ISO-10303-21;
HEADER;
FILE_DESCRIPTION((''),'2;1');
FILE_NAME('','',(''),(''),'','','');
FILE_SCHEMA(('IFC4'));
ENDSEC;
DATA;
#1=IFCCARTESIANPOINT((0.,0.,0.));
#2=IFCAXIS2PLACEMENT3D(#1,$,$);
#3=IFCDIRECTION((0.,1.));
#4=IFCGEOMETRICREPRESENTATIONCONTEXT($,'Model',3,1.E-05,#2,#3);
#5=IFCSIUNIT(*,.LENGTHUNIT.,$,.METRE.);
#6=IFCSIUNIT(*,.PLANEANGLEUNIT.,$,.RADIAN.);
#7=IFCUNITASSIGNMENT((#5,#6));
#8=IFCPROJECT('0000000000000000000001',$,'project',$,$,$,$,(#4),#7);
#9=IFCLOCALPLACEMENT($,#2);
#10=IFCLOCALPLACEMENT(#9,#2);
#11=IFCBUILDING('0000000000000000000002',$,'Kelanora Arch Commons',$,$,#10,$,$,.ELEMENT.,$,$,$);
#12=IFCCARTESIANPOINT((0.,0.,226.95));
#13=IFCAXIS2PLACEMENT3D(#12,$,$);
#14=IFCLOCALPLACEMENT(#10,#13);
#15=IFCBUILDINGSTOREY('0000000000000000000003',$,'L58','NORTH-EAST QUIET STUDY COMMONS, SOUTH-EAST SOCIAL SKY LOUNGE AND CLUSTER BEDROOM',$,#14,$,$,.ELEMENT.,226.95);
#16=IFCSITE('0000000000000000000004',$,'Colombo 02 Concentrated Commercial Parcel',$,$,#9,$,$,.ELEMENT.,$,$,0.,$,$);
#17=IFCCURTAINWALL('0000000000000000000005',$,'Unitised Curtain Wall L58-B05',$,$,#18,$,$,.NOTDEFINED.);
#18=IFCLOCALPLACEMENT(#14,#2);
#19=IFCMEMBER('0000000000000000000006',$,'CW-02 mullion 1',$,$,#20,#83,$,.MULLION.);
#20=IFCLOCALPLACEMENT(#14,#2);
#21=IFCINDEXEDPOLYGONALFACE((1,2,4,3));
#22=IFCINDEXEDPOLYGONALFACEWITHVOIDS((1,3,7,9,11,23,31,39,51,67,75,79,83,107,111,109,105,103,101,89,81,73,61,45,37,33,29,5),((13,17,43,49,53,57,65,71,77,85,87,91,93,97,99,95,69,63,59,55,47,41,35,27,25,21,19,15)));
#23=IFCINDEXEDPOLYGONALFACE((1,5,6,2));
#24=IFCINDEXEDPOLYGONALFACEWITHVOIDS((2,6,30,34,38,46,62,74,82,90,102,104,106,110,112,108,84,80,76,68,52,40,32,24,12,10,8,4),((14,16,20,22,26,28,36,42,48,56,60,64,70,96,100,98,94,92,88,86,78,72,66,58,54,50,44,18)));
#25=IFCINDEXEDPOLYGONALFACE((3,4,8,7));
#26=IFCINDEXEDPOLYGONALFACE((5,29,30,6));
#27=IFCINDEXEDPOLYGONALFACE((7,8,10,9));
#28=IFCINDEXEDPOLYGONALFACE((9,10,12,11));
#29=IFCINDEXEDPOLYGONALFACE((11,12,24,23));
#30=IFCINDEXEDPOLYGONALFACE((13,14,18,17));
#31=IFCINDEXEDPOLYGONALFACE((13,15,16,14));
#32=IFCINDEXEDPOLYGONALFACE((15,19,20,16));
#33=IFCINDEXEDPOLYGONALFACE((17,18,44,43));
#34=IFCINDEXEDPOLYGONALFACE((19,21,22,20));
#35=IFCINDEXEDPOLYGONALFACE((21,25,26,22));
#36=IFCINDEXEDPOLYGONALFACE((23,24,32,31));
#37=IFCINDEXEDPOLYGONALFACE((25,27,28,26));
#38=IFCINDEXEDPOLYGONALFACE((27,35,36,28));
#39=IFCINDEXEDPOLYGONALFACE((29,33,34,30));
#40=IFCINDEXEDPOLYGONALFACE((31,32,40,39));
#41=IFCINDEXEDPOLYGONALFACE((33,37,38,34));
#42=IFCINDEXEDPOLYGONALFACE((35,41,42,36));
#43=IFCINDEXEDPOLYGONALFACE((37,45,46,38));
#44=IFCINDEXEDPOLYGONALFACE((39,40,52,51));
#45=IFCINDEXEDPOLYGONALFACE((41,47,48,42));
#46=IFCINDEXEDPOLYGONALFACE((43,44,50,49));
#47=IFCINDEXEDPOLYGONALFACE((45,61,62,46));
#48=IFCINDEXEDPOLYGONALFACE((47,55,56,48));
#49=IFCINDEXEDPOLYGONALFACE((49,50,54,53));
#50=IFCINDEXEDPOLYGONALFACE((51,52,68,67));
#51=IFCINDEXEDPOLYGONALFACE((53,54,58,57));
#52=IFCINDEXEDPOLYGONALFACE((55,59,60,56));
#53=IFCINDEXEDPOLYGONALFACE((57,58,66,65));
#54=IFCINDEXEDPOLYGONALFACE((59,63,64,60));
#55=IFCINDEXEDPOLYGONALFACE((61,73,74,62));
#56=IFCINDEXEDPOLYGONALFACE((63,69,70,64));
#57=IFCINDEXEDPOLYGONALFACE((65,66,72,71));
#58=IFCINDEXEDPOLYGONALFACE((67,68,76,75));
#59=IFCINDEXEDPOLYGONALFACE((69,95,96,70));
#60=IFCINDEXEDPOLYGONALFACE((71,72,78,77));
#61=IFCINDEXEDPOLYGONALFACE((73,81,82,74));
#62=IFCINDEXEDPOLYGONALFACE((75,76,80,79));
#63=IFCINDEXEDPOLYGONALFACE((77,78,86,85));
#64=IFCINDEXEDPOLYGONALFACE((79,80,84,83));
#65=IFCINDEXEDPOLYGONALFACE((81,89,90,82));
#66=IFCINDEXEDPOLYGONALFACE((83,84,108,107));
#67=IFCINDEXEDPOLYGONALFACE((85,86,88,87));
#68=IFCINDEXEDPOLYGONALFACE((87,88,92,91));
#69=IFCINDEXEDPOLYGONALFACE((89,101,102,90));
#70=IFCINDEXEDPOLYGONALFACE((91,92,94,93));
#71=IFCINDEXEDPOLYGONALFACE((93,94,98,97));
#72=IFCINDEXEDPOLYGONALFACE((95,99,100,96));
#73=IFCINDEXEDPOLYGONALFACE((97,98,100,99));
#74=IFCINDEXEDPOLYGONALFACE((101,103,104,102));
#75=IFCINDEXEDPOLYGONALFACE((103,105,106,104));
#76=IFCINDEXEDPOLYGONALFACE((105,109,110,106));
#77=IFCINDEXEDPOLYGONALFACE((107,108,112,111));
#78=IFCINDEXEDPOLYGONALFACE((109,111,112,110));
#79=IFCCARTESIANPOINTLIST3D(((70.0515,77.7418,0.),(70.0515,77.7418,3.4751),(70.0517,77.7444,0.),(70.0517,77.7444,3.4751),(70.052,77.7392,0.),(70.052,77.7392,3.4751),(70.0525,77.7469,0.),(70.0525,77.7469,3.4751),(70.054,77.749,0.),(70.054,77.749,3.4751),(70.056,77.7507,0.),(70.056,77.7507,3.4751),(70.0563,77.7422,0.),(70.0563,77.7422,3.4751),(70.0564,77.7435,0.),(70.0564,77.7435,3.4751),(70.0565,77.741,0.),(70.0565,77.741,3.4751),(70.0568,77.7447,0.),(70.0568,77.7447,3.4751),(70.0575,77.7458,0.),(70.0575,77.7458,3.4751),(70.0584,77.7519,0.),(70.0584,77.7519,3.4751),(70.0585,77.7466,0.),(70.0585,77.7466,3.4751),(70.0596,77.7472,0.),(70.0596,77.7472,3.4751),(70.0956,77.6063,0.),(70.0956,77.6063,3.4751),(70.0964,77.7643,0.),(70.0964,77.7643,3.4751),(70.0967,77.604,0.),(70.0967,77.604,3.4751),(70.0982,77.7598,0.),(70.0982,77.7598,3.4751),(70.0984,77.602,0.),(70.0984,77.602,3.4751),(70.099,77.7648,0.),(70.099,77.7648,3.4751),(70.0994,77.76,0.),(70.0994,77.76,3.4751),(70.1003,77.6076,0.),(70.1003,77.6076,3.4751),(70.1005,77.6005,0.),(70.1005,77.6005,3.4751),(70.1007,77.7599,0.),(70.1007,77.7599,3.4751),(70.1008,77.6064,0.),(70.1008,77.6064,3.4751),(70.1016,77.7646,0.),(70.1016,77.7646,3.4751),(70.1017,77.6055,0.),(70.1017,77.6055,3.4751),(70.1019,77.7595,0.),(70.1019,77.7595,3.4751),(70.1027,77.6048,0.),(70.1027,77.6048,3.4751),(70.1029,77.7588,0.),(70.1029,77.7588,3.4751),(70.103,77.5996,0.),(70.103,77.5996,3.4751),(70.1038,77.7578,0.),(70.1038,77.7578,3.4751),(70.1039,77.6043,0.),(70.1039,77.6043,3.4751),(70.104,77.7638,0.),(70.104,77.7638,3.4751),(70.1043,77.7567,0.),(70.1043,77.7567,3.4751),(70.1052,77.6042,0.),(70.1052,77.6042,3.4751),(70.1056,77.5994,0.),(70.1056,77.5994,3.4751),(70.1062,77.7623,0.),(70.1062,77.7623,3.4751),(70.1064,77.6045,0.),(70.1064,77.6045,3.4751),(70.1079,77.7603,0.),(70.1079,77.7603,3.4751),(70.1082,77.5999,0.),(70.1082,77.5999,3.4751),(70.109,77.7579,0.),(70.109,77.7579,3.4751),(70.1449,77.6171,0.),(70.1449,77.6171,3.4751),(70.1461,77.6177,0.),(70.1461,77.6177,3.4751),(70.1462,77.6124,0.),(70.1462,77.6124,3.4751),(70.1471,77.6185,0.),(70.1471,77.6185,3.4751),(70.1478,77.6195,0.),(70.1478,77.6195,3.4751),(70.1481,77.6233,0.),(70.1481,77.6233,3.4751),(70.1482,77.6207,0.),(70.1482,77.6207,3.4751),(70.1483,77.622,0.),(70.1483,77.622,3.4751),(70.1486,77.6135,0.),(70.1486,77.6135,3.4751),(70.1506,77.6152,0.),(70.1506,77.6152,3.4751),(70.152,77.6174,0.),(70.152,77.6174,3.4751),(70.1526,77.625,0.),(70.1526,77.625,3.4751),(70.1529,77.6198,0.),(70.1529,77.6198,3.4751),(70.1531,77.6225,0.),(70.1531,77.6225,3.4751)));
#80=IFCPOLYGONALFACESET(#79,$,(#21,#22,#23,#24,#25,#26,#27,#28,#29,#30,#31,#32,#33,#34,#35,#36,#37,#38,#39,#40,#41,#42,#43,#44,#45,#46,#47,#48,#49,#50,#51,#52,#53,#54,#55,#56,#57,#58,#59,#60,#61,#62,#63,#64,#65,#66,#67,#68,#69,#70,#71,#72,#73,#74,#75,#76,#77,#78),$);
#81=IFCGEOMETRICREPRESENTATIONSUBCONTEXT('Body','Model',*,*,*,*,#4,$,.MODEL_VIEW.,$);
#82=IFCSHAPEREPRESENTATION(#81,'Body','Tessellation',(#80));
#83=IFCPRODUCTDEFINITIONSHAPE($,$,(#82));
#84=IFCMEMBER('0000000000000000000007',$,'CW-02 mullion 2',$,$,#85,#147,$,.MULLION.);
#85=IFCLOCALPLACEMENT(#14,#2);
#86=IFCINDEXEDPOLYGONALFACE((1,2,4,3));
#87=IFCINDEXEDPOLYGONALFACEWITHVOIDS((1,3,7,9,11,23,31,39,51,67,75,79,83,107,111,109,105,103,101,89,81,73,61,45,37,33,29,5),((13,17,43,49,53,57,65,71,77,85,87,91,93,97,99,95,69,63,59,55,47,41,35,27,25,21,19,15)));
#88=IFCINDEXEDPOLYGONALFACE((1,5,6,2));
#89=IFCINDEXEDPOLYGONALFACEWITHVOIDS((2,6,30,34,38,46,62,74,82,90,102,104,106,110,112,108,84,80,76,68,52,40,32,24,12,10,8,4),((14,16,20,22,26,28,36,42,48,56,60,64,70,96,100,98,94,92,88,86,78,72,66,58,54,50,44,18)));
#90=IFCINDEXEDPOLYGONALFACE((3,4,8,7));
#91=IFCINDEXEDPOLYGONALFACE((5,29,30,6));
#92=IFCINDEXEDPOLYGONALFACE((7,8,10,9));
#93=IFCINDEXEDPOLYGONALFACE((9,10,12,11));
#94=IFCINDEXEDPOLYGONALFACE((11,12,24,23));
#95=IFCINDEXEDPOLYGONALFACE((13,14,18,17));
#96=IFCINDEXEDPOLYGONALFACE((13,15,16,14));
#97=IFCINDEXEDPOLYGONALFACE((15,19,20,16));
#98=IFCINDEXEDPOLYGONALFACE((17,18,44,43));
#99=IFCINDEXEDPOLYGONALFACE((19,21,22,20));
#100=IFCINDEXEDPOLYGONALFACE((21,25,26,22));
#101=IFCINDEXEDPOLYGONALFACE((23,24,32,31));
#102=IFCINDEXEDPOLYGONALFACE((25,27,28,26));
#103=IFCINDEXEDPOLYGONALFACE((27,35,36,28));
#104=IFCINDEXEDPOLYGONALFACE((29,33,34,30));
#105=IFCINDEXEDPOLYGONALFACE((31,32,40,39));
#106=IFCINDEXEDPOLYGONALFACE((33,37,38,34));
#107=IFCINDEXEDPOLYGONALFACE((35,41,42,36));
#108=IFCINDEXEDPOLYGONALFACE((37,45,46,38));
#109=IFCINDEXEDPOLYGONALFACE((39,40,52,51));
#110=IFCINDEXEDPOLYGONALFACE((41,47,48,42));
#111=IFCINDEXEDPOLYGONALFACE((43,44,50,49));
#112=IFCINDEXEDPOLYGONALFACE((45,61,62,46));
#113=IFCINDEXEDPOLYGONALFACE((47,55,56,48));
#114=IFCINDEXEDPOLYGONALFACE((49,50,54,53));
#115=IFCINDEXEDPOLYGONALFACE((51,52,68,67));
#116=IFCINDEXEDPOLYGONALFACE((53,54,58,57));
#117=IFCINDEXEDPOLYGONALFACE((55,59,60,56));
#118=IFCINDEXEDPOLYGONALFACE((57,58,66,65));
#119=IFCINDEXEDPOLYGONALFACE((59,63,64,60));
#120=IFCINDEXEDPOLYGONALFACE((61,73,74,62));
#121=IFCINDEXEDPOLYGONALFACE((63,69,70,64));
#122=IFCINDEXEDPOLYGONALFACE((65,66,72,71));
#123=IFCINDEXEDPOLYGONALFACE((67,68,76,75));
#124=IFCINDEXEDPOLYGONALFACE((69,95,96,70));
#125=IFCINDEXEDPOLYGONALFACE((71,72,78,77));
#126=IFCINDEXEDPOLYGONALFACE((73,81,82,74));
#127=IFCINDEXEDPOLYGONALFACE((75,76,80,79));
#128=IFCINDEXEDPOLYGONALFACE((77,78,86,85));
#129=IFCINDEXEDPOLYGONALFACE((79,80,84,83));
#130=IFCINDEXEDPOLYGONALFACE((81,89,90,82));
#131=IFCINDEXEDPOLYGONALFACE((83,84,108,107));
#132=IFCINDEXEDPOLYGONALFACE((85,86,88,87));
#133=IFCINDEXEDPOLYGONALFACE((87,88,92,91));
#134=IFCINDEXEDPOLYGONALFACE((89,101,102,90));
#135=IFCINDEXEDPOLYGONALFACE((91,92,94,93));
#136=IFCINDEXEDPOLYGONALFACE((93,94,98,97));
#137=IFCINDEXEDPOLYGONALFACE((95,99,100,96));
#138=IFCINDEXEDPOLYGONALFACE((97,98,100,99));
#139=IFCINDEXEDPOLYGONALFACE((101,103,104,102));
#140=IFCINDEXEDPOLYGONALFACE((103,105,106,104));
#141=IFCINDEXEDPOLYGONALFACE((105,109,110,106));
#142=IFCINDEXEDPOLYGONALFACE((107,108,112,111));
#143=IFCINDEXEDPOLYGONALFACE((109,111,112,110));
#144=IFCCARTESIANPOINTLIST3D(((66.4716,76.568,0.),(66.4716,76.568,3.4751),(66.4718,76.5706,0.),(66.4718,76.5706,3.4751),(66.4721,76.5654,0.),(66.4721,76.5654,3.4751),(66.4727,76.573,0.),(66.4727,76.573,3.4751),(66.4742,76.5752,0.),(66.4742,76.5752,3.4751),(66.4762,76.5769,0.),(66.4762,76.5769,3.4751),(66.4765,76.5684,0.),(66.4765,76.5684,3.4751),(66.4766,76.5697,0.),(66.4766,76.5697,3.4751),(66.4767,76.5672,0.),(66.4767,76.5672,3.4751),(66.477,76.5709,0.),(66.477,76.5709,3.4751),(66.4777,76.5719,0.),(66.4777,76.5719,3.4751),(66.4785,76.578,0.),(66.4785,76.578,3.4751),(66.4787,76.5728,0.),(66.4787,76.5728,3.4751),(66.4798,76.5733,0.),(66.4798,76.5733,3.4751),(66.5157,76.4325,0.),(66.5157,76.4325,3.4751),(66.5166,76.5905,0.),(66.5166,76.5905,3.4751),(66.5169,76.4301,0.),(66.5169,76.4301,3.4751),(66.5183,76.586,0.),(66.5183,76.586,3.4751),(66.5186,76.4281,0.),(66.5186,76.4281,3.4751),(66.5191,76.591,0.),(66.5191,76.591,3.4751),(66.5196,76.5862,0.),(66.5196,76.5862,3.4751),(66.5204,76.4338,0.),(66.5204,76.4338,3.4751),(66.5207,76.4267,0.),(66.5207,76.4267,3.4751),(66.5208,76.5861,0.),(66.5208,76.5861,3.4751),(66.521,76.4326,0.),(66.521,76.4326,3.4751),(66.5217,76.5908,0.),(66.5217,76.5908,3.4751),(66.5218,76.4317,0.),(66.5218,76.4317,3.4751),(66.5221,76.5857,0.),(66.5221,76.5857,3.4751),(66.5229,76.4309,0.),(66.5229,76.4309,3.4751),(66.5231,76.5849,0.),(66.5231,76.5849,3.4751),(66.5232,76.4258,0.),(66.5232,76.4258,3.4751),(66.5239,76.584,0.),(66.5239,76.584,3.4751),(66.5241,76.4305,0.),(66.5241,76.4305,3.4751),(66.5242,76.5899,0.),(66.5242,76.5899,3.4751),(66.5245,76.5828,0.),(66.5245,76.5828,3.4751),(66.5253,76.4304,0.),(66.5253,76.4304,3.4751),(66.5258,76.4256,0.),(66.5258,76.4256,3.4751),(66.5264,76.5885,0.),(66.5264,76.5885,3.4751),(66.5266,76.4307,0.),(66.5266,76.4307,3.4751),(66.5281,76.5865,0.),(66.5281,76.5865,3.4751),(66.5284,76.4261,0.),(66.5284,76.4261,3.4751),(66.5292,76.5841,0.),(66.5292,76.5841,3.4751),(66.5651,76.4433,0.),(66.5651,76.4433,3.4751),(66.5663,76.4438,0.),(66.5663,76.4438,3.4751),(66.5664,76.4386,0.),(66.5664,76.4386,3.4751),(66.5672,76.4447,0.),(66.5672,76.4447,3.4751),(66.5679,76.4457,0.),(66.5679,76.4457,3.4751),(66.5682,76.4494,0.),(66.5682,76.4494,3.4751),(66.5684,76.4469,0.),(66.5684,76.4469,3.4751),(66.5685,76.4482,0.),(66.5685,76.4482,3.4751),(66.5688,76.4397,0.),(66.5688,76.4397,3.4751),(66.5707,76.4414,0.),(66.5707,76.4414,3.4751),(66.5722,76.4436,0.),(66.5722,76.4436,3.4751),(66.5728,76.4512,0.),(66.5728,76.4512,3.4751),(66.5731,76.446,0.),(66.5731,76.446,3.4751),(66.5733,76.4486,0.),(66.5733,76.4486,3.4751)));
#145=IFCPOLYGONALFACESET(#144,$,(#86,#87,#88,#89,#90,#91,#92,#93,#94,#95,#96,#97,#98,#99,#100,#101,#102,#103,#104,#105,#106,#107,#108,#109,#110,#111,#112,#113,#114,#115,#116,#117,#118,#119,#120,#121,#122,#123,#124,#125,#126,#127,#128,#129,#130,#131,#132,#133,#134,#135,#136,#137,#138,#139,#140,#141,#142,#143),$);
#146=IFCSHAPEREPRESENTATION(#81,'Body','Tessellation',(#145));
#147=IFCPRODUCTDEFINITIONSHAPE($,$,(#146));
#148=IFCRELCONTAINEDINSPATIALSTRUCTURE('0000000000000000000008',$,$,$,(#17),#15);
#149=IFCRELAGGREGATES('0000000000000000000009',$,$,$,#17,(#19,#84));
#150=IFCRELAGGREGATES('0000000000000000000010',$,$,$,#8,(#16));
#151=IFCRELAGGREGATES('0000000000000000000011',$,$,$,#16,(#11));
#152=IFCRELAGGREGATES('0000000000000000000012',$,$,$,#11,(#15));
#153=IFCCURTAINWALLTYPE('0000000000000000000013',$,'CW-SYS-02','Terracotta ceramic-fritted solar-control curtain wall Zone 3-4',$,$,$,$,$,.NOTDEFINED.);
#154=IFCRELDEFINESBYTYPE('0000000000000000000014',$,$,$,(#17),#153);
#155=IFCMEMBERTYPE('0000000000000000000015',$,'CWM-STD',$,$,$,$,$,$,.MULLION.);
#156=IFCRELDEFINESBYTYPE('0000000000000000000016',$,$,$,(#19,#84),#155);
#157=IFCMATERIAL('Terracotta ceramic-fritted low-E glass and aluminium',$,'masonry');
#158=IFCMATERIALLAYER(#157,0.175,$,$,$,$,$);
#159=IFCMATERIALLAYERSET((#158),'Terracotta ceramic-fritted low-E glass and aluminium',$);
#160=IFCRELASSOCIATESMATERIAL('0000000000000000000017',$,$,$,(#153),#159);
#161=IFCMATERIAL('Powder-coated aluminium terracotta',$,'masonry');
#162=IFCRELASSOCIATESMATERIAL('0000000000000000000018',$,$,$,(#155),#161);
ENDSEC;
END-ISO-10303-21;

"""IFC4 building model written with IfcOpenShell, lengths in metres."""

from ifc_helpers import new_model, si_unit, direction, frame, origin, origin_2d, place, context, subcontext, project, spatial, hollow_rectangle, extrude, material, layer, layer_set, material_profile, profile_set, type_object, element, aggregate, save


model = new_model("IFC4")

# Units and contexts
model_context = context("Model", 3, precision=1e-05, world=origin(), true_north=direction((0.0, 1.0)))
body_context = subcontext(model_context, "Body", "Model", "MODEL_VIEW")
ifc_project = project(units=[si_unit("LENGTHUNIT", "METRE"), si_unit("PLANEANGLEUNIT", "RADIAN")], contexts=[model_context])

# Site, building, storey
site_placement = place(None, origin())
site = spatial("IfcSite", under=ifc_project, at=site_placement, Name="Colombo 02 Concentrated Commercial Parcel", CompositionType="ELEMENT", RefElevation=0.0)
building_placement = place(site_placement, origin())
building = spatial("IfcBuilding", under=site, at=building_placement, Name="Kelanora Arch Commons", CompositionType="ELEMENT")
storey_placement = place(building_placement, frame((0.0, 0.0, 226.95)))
storey = spatial("IfcBuildingStorey", under=building, at=storey_placement, Name="L58", Description="NORTH-EAST QUIET STUDY COMMONS, SOUTH-EAST SOCIAL SKY LOUNGE AND CLUSTER BEDROOM", CompositionType="ELEMENT", Elevation=226.95)

# Curtain wall, members
ifc_material_1 = material(Name="Terracotta ceramic-fritted low-E glass and aluminium", Category="masonry")
ifc_layer_1 = layer(ifc_material_1, 0.175)
ifc_layer_set_1 = layer_set([ifc_layer_1], Name="Terracotta ceramic-fritted low-E glass and aluminium")
curtain_wall_type = type_object("IfcCurtainWallType", Name="CW-SYS-02", Description="Terracotta ceramic-fritted solar-control curtain wall Zone 3-4", PredefinedType="NOTDEFINED", material=ifc_layer_set_1)
curtain_wall_placement = place(storey_placement, origin())
curtain_wall = element("IfcCurtainWall", 1, at=curtain_wall_placement, inside=storey, type_object=curtain_wall_type, Name="Unitised Curtain Wall L58-B05", PredefinedType="NOTDEFINED")
ifc_material_2 = material(Name="Powder-coated aluminium terracotta", Category="masonry")
ifc_material_profile_1 = material_profile(ifc_material_2, hollow_rectangle(XDim=0.1599, YDim=0.0601, WallThickness=0.0049, InnerFilletRadius=0.0049, OuterFilletRadius=0.01, at=origin_2d()), Name="CWM160x60")
ifc_profile_set_1 = profile_set([ifc_material_profile_1], Name="Powder-coated aluminium terracotta")
member_type_1 = type_object("IfcMemberType", Name="CWM-STD", PredefinedType="MULLION", material=ifc_profile_set_1)
member_1_placement = place(storey_placement, frame((70.1023, 77.6821, 0.0), z_axis=(0.0, 0.0, 1.0), x_axis=(0.311582, -0.950219, 0.0)))
member_1 = element("IfcMember", 2, at=member_1_placement, type_object=member_type_1, Name="CW-02 mullion 1", PredefinedType="MULLION", context=body_context, shape_type="SweptSolid", body=[
    extrude(hollow_rectangle(XDim=0.1599, YDim=0.0601, WallThickness=0.0049, InnerFilletRadius=0.0049, OuterFilletRadius=0.01, at=origin_2d()), origin(), (0.0, 0.0, 1.0), 3.4751),
])
member_2_placement = place(storey_placement, frame((66.5225, 76.5083, 0.0), z_axis=(0.0, 0.0, 1.0), x_axis=(0.311582, -0.950219, 0.0)))
member_2 = element("IfcMember", 3, at=member_2_placement, type_object=member_type_1, Name="CW-02 mullion 2", PredefinedType="MULLION", context=body_context, shape_type="SweptSolid", body=[
    extrude(hollow_rectangle(XDim=0.1599, YDim=0.0601, WallThickness=0.0049, InnerFilletRadius=0.0049, OuterFilletRadius=0.01, at=origin_2d()), origin(), (0.0, 0.0, 1.0), 3.4751),
])
aggregate(curtain_wall, [member_1, member_2])

save(model, "model.ifc")
